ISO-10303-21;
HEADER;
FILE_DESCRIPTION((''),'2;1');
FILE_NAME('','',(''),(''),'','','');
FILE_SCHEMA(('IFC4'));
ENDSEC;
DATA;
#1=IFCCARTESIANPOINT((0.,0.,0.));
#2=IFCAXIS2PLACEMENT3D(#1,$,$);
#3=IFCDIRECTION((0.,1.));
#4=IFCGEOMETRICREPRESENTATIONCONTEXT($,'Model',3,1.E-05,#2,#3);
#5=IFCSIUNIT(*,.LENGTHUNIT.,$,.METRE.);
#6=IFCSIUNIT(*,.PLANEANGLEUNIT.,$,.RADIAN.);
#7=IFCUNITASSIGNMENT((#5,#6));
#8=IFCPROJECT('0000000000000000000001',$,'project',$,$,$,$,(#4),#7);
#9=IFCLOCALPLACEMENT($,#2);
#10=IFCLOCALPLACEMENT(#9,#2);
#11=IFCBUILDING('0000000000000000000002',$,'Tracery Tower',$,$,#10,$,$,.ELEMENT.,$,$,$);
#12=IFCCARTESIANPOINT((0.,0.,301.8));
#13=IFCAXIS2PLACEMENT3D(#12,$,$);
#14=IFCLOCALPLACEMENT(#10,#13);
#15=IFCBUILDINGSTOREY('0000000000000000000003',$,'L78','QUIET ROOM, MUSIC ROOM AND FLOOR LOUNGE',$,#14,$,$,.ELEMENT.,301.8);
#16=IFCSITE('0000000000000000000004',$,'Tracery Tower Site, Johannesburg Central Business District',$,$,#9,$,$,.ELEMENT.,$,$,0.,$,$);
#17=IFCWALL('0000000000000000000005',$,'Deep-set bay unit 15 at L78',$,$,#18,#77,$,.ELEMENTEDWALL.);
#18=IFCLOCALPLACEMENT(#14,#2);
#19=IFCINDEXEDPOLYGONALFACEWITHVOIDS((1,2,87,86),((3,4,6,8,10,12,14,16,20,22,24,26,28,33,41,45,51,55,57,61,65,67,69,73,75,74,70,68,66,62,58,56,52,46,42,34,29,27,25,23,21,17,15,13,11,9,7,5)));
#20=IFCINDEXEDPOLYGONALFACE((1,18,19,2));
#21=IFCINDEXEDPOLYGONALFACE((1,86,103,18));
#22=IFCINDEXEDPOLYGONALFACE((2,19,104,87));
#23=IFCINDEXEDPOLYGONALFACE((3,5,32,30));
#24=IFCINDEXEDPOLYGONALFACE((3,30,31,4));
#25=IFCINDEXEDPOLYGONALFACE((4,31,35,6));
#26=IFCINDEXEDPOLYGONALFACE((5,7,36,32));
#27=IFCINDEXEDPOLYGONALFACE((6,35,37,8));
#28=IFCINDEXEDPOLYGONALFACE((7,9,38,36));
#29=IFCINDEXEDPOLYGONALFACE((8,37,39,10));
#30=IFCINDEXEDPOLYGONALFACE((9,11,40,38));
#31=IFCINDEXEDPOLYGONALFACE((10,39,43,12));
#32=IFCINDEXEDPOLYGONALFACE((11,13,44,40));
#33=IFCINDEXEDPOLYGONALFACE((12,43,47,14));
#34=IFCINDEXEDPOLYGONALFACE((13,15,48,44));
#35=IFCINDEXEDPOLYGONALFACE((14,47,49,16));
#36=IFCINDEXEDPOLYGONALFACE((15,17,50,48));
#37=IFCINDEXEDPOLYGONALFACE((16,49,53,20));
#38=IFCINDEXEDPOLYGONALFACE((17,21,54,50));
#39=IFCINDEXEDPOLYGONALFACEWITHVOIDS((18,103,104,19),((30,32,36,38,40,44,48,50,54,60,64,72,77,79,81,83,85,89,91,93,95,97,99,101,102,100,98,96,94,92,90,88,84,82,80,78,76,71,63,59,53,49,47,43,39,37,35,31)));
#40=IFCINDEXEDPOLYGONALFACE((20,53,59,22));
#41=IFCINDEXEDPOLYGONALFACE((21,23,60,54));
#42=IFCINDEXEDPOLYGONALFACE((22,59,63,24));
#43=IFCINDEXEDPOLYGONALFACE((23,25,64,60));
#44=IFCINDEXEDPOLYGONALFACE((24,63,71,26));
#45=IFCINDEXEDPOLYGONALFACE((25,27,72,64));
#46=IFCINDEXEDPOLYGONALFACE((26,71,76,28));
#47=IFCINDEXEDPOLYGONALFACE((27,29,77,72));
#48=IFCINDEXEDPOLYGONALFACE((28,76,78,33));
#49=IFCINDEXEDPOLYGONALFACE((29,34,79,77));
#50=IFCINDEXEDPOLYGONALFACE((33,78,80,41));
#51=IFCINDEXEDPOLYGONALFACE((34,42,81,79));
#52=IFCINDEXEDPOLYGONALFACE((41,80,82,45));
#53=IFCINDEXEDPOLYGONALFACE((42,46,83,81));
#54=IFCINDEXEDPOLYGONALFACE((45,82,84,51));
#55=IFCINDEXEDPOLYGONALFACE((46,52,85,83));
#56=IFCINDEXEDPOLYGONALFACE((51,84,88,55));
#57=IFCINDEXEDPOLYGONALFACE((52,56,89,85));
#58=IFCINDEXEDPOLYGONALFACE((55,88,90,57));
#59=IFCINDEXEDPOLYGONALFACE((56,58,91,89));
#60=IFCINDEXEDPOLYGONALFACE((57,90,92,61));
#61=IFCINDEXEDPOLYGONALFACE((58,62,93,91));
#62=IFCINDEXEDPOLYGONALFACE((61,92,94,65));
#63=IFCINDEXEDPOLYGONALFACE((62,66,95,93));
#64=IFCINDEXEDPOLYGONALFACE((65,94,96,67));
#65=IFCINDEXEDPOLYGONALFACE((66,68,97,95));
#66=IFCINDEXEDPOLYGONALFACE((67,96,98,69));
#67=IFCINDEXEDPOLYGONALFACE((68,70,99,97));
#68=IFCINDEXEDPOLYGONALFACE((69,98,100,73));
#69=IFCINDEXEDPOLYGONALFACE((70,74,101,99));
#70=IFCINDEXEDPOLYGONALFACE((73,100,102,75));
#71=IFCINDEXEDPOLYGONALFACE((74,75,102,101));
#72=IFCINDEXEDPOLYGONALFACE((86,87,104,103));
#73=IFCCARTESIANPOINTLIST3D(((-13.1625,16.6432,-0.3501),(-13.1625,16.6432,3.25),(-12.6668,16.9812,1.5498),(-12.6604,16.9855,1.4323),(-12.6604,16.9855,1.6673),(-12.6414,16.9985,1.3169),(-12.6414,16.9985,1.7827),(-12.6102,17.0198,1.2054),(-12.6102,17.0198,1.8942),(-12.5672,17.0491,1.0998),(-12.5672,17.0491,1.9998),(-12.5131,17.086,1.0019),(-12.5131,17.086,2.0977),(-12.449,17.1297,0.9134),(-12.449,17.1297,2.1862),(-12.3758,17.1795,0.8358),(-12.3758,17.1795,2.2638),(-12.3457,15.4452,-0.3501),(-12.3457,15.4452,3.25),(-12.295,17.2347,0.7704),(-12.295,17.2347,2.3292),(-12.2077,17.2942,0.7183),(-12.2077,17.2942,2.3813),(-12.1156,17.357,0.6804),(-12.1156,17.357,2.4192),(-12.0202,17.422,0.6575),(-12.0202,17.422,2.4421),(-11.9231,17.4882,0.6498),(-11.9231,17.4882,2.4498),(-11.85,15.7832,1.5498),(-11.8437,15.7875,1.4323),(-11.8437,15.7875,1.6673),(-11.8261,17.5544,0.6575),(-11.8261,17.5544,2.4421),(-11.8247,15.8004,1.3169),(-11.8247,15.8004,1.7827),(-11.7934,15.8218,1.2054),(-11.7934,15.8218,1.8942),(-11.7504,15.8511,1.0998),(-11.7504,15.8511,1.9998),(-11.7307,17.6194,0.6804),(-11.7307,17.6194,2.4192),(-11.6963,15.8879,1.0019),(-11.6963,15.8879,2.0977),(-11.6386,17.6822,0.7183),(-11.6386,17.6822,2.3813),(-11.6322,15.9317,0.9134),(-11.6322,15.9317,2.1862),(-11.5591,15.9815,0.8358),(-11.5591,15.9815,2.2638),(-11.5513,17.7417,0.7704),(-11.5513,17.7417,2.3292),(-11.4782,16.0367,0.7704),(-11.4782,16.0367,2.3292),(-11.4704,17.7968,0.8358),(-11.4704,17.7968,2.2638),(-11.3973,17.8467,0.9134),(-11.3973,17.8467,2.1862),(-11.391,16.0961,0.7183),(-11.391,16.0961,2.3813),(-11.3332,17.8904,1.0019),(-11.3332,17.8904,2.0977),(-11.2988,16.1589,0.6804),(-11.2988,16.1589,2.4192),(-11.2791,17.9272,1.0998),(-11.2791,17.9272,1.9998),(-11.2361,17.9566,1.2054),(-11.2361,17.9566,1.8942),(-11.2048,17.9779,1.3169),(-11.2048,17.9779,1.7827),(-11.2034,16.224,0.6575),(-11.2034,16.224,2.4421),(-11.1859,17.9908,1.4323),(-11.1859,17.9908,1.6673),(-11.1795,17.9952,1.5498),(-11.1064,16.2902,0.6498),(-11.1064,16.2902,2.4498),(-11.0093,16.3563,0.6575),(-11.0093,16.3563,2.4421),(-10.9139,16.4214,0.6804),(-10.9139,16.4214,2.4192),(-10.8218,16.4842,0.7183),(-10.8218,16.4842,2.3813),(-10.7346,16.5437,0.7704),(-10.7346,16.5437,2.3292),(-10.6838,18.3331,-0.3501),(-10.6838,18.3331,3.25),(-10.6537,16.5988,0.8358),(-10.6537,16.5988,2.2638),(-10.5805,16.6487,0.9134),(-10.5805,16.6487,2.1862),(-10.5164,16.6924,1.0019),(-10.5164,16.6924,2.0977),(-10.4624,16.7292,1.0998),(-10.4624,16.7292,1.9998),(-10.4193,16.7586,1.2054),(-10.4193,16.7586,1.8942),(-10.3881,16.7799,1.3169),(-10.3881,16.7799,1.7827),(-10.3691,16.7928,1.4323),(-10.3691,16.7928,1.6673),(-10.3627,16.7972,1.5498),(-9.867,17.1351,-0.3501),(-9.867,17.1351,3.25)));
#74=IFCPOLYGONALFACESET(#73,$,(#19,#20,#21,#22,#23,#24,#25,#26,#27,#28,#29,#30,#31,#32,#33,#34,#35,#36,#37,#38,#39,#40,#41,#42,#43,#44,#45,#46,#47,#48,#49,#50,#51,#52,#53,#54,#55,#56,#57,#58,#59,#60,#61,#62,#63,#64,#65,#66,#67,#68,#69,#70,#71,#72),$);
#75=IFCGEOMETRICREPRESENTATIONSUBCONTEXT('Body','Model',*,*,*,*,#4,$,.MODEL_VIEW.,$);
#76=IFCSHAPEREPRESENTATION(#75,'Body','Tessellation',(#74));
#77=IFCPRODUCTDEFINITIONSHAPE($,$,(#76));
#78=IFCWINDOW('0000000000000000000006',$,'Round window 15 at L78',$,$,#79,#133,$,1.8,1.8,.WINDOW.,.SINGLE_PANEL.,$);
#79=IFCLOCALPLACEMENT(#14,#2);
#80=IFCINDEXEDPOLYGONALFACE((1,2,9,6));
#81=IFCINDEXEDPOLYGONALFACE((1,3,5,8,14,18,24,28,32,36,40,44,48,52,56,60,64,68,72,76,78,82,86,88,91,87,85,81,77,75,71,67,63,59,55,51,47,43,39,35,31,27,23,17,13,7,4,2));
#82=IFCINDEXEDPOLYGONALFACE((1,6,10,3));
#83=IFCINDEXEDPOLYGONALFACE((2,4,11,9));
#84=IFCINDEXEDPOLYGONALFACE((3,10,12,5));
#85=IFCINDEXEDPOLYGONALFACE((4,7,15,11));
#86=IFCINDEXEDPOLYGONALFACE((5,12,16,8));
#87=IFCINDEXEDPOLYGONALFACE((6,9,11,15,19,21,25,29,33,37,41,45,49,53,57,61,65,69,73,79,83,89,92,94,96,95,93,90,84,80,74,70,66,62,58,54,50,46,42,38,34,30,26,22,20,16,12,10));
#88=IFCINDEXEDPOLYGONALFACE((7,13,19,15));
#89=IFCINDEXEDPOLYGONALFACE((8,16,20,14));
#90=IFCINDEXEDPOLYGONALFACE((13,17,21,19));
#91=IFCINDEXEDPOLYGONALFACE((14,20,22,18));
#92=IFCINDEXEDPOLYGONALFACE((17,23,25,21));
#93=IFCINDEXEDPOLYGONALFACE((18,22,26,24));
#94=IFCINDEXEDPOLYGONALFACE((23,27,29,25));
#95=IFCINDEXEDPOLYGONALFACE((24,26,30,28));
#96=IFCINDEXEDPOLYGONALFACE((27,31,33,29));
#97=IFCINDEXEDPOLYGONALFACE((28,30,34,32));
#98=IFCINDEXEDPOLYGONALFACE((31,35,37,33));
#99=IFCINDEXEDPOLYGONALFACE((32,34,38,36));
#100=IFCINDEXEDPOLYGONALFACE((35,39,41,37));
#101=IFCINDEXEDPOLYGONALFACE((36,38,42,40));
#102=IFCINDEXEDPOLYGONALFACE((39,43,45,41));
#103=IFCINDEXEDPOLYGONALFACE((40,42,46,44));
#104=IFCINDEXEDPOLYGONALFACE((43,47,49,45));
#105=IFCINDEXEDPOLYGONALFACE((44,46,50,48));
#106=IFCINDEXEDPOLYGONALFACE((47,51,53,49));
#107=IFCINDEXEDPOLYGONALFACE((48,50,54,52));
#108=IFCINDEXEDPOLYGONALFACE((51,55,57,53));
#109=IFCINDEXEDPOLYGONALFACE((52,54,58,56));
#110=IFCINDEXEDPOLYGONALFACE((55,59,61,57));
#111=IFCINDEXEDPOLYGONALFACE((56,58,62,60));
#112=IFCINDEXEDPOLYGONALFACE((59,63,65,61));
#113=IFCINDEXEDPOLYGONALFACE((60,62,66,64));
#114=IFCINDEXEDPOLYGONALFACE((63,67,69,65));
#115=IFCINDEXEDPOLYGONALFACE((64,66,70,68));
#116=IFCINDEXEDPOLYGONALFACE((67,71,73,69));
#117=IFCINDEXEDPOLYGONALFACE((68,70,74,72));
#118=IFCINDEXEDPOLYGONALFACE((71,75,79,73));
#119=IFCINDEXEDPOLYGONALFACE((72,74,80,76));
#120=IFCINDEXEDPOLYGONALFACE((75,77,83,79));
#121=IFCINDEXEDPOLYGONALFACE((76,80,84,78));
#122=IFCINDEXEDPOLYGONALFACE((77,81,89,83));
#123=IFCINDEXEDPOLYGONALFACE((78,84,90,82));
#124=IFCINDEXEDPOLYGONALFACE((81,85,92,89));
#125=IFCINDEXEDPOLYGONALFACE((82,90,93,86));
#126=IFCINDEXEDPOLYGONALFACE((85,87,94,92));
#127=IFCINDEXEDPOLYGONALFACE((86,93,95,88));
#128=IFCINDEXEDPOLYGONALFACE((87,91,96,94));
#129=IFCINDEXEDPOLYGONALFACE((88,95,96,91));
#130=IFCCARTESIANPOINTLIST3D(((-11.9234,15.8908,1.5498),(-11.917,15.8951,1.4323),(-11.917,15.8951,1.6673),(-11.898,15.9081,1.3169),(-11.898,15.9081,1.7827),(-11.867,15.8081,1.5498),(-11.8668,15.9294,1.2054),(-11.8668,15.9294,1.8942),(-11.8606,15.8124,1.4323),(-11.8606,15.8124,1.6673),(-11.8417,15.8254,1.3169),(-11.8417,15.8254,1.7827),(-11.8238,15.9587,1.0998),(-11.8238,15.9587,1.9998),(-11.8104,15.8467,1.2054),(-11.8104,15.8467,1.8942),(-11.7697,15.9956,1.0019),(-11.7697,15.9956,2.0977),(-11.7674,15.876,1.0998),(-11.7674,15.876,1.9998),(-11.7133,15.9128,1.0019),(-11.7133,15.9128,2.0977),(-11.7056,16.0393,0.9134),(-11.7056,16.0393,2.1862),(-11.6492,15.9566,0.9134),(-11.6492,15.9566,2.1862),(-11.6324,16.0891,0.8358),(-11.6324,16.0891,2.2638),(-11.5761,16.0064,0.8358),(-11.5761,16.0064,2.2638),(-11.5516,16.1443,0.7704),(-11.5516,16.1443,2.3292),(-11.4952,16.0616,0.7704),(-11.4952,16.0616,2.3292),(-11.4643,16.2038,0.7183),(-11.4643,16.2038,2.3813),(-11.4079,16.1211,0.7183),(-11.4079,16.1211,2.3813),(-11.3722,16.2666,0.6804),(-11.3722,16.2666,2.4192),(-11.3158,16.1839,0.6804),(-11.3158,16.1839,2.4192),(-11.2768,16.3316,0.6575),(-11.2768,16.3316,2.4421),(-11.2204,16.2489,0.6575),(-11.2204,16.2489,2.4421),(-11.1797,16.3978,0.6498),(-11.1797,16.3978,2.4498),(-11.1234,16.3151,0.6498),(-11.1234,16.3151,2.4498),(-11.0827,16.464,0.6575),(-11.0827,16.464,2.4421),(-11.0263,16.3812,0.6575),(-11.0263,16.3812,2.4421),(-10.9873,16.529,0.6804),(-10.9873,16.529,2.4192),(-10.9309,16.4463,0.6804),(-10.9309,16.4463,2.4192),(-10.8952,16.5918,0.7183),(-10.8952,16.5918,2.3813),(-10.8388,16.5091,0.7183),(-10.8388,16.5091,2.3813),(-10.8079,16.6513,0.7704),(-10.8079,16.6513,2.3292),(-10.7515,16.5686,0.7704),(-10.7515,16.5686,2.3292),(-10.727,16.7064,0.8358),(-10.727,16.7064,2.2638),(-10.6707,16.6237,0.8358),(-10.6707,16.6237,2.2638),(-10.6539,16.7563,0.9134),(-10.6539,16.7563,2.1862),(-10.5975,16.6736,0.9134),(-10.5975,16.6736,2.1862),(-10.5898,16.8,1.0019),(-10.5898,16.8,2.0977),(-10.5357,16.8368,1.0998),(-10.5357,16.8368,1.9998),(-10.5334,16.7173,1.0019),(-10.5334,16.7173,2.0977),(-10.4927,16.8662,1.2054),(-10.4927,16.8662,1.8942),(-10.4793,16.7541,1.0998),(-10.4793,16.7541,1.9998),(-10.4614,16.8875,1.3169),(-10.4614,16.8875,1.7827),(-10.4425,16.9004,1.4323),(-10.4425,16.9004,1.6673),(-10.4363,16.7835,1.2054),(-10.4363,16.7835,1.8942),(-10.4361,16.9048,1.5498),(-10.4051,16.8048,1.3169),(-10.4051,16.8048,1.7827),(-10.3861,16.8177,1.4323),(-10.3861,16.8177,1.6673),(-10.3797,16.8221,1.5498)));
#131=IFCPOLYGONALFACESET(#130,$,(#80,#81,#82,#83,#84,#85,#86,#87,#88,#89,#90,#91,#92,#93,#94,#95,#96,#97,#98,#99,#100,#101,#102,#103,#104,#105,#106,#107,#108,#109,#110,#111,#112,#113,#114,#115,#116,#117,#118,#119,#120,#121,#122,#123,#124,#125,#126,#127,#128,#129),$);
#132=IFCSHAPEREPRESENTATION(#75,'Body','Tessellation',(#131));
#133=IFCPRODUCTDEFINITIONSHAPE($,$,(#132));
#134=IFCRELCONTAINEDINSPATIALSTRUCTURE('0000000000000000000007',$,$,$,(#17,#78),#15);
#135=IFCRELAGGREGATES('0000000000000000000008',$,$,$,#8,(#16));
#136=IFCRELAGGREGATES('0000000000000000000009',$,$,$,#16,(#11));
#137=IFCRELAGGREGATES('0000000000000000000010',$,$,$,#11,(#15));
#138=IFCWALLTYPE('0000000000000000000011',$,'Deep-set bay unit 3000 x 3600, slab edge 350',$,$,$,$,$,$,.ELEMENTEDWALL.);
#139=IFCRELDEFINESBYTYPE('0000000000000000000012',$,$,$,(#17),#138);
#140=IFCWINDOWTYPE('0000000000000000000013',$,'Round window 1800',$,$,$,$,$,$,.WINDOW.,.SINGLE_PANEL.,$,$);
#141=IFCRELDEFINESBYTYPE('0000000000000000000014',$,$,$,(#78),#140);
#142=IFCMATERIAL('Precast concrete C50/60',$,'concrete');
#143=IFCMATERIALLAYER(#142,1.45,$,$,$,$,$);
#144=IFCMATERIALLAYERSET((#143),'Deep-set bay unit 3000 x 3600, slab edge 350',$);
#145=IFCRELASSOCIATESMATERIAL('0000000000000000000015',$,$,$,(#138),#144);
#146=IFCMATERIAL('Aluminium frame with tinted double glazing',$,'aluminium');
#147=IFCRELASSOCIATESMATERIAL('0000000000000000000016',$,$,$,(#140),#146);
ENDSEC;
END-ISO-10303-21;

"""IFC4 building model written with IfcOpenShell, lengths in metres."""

from ifc_helpers import new_model, si_unit, direction, frame, frame_2d, origin, origin_2d, place, context, subcontext, project, spatial, rectangle, circle, extrude, material, layer, layer_set, type_object, element, fill, save


model = new_model("IFC4")

# Units and contexts
model_context = context("Model", 3, precision=1e-05, world=origin(), true_north=direction((0.0, 1.0)))
body_context = subcontext(model_context, "Body", "Model", "MODEL_VIEW")
ifc_project = project(units=[si_unit("LENGTHUNIT", "METRE"), si_unit("PLANEANGLEUNIT", "RADIAN")], contexts=[model_context])

# Site, building, storey
site_placement = place(None, origin())
site = spatial("IfcSite", under=ifc_project, at=site_placement, Name="Tracery Tower Site, Johannesburg Central Business District", CompositionType="ELEMENT", RefElevation=0.0)
building_placement = place(site_placement, origin())
building = spatial("IfcBuilding", under=site, at=building_placement, Name="Tracery Tower", CompositionType="ELEMENT")
storey_placement = place(building_placement, frame((0.0, 0.0, 301.8)))
storey = spatial("IfcBuildingStorey", under=building, at=storey_placement, Name="L78", Description="QUIET ROOM, MUSIC ROOM AND FLOOR LOUNGE", CompositionType="ELEMENT", Elevation=301.8)

# Wall, opening, window
ifc_material_1 = material(Name="Precast concrete C50/60", Category="concrete")
ifc_layer_1 = layer(ifc_material_1, 1.45)
ifc_layer_set_1 = layer_set([ifc_layer_1], Name="Deep-set bay unit 3000 x 3600, slab edge 350")
wall_type_1 = type_object("IfcWallType", Name="Deep-set bay unit 3000 x 3600, slab edge 350", PredefinedType="ELEMENTEDWALL", material=ifc_layer_set_1)
wall_1_placement = place(storey_placement, frame((-10.2754, 17.7341, -0.3501), z_axis=(0.0, 0.0, 1.0), x_axis=(-0.826246, -0.563309, 0.0)))
wall_1 = element("IfcWall", 1, at=wall_1_placement, inside=storey, type_object=wall_type_1, Name="Deep-set bay unit 15 at L78", PredefinedType="ELEMENTEDWALL", context=body_context, shape_type="SweptSolid", body=[
    extrude(rectangle(XDim=3.0, YDim=1.45, at=frame_2d((1.5, 0.0))), origin(), (0.0, 0.0, 1.0), 3.6001),
])
opening_1_placement = place(wall_1_placement, frame((1.5, 0.0, 1.8999)))
opening_1 = element("IfcOpeningElement", 2, at=opening_1_placement, cuts=wall_1, PredefinedType="OPENING", context=body_context, shape_type="SweptSolid", body=[
    extrude(circle(Radius=0.9, at=origin_2d()), frame((0.0, 0.7349, 0.0), z_axis=(0.0, -1.0, 0.0), x_axis=(1.0, 0.0, 0.0)), (0.0, 0.0, 1.0), 1.47),
])
ifc_material_2 = material(Name="Aluminium frame with tinted double glazing", Category="aluminium")
window_type = type_object("IfcWindowType", Name="Round window 1800", PartitioningType="SINGLE_PANEL", PredefinedType="WINDOW", material=ifc_material_2)
window_1_placement = place(opening_1_placement, origin())
window_1 = element("IfcWindow", 3, at=window_1_placement, inside=storey, type_object=window_type, Name="Round window 15 at L78", OverallHeight=1.8, OverallWidth=1.8, PartitioningType="SINGLE_PANEL", PredefinedType="WINDOW", context=body_context, shape_type="SweptSolid", body=[
    extrude(circle(Radius=0.9, at=origin_2d()), frame((0.0, 0.6948, 0.0), z_axis=(0.0, -1.0, 0.0), x_axis=(1.0, 0.0, 0.0)), (0.0, 0.0, 1.0), 0.1001),
])
fill(opening_1, window_1)

save(model, "model.ifc")
